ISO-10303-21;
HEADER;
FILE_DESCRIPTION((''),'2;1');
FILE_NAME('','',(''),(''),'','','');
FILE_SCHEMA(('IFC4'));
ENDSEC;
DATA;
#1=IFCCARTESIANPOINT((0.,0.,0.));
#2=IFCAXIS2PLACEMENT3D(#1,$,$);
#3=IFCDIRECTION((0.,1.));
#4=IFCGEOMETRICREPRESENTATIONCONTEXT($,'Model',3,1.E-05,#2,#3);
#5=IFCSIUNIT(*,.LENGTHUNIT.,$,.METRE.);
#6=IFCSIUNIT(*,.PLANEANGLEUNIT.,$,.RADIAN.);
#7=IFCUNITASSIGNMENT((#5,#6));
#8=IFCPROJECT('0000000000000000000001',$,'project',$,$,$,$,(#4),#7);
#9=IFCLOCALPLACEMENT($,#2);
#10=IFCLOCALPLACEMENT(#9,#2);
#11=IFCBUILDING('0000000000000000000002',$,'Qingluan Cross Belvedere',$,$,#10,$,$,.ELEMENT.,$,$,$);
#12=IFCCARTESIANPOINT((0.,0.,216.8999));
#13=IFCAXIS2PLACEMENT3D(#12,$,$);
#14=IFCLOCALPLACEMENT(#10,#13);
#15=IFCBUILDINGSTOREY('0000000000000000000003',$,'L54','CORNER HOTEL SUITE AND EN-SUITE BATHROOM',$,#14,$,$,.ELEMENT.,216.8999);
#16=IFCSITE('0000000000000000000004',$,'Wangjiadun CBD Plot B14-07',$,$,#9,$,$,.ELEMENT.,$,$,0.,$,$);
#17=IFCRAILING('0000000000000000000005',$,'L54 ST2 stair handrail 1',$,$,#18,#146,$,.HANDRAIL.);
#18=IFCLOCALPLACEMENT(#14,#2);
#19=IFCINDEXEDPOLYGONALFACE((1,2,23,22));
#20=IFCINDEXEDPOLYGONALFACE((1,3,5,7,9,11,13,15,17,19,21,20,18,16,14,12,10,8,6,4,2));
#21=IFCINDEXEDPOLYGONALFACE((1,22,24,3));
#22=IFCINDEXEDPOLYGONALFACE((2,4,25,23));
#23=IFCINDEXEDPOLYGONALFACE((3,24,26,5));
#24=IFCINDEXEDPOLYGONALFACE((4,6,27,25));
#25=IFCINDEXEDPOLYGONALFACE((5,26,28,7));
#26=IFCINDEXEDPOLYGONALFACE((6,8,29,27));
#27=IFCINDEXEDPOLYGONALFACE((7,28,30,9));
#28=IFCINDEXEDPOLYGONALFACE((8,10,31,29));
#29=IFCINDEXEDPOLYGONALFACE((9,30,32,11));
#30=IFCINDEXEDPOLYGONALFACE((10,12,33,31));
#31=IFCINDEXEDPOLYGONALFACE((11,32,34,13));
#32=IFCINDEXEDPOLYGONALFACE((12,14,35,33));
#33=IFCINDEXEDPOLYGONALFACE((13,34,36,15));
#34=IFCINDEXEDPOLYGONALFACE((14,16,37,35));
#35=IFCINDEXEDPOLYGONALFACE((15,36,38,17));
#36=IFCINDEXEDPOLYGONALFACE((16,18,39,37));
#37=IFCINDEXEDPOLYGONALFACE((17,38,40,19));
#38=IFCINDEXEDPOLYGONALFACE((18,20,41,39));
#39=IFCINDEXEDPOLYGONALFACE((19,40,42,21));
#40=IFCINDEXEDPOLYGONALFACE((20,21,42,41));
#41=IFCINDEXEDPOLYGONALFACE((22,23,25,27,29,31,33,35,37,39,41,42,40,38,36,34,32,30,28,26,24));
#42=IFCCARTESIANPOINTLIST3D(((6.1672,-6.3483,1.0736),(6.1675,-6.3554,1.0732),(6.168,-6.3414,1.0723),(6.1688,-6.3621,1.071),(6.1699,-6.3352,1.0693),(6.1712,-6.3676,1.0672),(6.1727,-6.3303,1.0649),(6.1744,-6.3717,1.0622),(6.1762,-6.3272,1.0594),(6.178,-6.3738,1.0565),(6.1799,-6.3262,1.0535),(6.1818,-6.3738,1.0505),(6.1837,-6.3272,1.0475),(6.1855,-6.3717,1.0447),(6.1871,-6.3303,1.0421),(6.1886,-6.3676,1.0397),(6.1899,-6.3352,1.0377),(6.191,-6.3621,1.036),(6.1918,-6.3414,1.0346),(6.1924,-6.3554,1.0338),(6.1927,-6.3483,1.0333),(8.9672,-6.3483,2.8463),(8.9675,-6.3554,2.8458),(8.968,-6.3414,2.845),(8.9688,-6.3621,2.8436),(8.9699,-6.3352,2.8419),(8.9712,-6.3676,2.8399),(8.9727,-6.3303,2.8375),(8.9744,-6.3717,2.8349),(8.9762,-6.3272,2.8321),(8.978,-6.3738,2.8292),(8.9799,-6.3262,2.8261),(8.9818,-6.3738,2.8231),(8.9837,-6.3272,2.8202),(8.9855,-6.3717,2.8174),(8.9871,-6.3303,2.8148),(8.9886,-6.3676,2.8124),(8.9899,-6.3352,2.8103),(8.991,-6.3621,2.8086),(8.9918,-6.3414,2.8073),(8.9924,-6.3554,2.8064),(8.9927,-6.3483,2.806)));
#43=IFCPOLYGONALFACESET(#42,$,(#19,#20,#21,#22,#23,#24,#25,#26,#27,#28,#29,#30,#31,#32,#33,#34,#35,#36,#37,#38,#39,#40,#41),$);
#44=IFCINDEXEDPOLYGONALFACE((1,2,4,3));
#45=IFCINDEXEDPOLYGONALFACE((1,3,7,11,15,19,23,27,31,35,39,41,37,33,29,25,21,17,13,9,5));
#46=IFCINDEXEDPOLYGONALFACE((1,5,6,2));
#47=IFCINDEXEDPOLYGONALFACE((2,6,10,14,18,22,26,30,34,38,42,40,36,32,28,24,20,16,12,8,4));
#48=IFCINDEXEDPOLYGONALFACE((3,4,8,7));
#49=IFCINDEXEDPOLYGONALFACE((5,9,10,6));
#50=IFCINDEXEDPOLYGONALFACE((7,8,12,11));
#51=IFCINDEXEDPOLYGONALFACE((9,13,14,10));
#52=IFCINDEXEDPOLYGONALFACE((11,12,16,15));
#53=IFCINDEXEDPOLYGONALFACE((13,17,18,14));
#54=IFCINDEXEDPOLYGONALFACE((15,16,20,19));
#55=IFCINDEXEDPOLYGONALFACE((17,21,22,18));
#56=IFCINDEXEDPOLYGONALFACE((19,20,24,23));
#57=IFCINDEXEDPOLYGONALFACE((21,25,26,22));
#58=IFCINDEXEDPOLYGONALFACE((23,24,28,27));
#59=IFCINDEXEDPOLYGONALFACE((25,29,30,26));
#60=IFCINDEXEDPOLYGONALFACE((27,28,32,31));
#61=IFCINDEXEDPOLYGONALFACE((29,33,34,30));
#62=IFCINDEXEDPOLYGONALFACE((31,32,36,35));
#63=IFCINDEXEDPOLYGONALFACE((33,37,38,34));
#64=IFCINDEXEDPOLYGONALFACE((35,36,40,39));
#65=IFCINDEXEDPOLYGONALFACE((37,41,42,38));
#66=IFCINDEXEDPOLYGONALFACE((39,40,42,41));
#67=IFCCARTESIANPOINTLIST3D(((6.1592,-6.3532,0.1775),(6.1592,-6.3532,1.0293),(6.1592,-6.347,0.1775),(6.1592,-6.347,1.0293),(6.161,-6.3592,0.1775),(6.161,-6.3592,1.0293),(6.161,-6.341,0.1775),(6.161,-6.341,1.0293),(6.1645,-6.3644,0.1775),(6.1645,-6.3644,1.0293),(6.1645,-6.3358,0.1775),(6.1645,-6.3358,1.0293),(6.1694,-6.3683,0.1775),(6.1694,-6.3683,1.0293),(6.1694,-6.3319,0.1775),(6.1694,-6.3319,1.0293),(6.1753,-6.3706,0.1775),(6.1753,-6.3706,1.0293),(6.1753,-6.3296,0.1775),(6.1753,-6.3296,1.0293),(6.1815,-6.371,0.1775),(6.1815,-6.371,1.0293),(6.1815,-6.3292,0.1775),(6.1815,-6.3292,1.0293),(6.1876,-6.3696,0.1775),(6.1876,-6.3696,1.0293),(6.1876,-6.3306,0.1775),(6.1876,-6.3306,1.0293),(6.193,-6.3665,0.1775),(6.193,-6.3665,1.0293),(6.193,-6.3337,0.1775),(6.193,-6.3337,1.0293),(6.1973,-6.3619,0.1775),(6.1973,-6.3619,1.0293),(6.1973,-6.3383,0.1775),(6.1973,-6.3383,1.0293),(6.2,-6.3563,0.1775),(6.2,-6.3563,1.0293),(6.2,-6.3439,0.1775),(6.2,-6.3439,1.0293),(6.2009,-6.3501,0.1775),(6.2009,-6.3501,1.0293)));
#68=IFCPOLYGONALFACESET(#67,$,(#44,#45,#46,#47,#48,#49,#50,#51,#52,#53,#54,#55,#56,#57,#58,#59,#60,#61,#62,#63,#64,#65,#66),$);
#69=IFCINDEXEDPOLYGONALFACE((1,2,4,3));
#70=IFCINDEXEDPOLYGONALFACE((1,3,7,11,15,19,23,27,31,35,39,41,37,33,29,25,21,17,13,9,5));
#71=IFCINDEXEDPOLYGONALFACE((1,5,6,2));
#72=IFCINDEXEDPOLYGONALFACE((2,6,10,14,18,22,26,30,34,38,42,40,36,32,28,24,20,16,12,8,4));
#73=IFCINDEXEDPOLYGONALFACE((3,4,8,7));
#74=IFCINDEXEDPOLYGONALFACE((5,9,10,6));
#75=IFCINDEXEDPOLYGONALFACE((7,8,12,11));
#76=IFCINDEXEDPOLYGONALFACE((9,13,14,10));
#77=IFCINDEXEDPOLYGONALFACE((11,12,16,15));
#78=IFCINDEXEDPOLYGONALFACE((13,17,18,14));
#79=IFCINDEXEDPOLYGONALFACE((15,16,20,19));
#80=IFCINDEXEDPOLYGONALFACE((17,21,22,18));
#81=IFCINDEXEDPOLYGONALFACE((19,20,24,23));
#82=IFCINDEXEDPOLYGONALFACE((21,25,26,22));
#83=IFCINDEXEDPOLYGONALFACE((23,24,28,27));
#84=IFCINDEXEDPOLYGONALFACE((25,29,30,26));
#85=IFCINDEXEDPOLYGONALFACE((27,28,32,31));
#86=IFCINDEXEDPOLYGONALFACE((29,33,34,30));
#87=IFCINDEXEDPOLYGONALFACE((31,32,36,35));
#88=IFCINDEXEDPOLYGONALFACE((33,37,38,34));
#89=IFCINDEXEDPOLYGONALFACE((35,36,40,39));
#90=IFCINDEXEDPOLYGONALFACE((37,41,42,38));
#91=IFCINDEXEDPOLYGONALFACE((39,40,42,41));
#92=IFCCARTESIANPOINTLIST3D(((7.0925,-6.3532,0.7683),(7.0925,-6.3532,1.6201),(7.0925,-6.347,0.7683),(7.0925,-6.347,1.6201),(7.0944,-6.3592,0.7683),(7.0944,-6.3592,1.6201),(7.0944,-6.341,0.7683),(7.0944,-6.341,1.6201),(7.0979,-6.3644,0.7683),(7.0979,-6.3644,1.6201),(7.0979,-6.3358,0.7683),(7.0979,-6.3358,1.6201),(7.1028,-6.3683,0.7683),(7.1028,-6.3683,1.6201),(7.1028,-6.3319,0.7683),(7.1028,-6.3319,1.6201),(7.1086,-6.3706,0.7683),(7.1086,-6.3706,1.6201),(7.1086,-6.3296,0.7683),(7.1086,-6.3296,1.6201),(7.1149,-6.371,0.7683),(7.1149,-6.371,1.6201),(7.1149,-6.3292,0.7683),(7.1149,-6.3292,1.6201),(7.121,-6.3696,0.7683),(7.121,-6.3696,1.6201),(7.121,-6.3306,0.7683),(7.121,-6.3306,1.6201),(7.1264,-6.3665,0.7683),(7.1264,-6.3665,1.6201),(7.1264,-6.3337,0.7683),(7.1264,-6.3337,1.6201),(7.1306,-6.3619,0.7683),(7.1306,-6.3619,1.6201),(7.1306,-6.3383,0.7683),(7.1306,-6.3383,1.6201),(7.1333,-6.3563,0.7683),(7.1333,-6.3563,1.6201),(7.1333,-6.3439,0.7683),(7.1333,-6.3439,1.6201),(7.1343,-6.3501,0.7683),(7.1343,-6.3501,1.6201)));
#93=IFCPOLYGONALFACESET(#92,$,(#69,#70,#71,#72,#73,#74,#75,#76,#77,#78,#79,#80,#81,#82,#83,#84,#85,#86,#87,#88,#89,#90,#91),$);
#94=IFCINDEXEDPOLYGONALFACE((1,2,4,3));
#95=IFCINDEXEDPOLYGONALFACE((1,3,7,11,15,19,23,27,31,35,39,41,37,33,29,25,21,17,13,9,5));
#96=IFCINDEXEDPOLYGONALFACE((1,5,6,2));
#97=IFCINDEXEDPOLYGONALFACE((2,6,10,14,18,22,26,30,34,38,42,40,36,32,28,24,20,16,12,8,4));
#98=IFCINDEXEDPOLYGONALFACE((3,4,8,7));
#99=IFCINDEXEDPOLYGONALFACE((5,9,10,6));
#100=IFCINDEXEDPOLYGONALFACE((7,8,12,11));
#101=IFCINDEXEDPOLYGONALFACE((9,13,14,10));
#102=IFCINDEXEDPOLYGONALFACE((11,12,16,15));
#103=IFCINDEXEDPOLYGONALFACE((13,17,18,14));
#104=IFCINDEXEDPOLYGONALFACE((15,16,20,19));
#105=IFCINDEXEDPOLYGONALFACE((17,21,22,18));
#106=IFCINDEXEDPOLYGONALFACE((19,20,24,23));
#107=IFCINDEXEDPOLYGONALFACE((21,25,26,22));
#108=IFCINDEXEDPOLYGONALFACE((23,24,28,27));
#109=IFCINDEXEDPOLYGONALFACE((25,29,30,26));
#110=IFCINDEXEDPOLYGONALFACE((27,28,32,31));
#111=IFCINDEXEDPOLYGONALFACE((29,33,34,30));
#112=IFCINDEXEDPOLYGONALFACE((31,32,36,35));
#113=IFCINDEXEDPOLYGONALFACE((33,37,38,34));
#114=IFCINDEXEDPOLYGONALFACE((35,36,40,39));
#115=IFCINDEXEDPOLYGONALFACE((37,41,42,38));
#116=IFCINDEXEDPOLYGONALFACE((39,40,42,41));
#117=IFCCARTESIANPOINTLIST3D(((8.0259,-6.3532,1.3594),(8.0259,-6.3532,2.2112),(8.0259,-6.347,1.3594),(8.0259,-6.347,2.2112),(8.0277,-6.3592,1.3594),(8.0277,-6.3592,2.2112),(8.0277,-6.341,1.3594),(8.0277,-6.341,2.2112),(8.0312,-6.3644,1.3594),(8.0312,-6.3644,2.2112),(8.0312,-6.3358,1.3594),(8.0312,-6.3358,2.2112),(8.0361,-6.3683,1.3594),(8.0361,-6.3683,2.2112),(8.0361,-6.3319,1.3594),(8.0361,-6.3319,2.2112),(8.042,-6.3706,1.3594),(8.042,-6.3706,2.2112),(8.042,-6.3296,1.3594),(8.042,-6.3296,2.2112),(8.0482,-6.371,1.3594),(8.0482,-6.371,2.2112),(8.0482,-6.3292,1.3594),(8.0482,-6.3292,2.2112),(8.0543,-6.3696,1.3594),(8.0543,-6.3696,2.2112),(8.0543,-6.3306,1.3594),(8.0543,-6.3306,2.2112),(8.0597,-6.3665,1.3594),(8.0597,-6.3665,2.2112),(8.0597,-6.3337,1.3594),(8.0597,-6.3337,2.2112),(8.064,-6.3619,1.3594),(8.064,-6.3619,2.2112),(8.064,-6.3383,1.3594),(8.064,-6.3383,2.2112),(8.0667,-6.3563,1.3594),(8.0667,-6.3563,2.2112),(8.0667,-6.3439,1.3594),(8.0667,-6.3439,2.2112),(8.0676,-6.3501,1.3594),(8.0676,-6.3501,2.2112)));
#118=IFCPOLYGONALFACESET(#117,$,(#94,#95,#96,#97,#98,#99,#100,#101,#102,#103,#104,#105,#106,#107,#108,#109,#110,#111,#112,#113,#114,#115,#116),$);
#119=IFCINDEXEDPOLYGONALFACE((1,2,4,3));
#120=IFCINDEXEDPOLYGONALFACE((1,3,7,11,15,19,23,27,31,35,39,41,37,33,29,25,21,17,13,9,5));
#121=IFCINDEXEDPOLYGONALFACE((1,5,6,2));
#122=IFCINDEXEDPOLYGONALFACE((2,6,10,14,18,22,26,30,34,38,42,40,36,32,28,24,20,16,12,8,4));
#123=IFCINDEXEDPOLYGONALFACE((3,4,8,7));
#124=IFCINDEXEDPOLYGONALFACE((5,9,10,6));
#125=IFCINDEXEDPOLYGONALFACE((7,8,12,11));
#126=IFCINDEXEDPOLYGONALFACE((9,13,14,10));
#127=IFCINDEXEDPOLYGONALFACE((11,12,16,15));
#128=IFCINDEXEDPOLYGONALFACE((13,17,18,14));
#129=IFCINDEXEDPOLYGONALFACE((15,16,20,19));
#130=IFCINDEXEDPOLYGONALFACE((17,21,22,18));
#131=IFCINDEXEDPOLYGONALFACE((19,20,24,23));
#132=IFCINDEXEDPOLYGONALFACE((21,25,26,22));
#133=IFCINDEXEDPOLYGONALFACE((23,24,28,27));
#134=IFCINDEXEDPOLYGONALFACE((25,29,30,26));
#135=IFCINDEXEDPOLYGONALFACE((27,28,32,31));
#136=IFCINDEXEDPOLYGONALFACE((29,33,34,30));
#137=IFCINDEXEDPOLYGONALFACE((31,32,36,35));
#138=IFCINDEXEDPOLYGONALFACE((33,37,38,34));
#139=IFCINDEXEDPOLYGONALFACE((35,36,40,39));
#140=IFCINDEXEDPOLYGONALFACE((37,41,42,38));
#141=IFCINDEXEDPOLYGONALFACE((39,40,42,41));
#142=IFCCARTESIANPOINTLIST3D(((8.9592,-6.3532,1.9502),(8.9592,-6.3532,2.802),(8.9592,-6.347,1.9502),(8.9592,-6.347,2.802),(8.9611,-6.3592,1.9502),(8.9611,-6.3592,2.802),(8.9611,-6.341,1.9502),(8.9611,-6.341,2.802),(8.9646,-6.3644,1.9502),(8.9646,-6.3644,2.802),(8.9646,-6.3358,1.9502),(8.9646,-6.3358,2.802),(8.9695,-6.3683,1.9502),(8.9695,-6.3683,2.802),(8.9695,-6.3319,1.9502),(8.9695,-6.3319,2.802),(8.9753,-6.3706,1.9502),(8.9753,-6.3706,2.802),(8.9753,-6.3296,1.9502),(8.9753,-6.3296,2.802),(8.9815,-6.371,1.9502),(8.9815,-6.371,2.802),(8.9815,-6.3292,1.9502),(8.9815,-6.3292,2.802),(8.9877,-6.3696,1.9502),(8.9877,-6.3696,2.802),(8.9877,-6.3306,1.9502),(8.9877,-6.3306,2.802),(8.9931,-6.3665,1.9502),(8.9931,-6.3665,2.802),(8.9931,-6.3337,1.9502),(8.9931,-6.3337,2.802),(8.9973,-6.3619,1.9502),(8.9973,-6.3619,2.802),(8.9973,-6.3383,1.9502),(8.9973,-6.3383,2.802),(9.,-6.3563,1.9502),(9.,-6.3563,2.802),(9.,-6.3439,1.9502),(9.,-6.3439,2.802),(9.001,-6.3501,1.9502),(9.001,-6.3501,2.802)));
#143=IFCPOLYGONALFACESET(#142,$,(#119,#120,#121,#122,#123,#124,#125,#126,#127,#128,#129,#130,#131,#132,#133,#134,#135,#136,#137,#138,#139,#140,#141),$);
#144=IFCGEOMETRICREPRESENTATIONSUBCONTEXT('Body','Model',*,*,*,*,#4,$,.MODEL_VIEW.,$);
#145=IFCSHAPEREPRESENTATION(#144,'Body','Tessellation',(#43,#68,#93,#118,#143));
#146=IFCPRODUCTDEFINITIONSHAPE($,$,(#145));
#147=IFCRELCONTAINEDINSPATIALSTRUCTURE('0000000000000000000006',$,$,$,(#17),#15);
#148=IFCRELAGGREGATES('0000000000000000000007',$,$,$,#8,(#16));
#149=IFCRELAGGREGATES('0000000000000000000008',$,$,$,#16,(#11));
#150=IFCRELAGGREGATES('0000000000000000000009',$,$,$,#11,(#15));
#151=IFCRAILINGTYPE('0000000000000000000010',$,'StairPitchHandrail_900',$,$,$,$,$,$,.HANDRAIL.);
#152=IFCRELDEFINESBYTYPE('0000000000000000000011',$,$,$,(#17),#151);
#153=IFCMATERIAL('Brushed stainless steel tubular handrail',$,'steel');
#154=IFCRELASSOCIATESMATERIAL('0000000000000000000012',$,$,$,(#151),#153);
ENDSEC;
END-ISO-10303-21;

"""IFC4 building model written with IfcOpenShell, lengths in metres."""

from ifc_helpers import new_model, si_unit, direction, frame, origin, origin_2d, place, context, subcontext, project, spatial, circle, extrude, material, type_object, element, save


model = new_model("IFC4")

# Units and contexts
model_context = context("Model", 3, precision=1e-05, world=origin(), true_north=direction((0.0, 1.0)))
body_context = subcontext(model_context, "Body", "Model", "MODEL_VIEW")
ifc_project = project(units=[si_unit("LENGTHUNIT", "METRE"), si_unit("PLANEANGLEUNIT", "RADIAN")], contexts=[model_context])

# Site, building, storey
site_placement = place(None, origin())
site = spatial("IfcSite", under=ifc_project, at=site_placement, Name="Wangjiadun CBD Plot B14-07", CompositionType="ELEMENT", RefElevation=0.0)
building_placement = place(site_placement, origin())
building = spatial("IfcBuilding", under=site, at=building_placement, Name="Qingluan Cross Belvedere", CompositionType="ELEMENT")
storey_placement = place(building_placement, frame((0.0, 0.0, 216.8999)))
storey = spatial("IfcBuildingStorey", under=building, at=storey_placement, Name="L54", Description="CORNER HOTEL SUITE AND EN-SUITE BATHROOM", CompositionType="ELEMENT", Elevation=216.8999)

# Railing
ifc_material_1 = material(Name="Brushed stainless steel tubular handrail", Category="steel")
railing_type_1 = type_object("IfcRailingType", Name="StairPitchHandrail_900", PredefinedType="HANDRAIL", material=ifc_material_1)
railing_1_placement = place(storey_placement, frame((6.1799, -6.3501, 0.1775)))
element("IfcRailing", 1, at=railing_1_placement, inside=storey, type_object=railing_type_1, Name="L54 ST2 stair handrail 1", PredefinedType="HANDRAIL", context=body_context, shape_type="SweptSolid", body=[
    extrude(circle(Radius=0.0239, at=origin_2d()), frame((0.0, 0.0, 0.876), z_axis=(0.844909, 0.0, 0.53491), x_axis=(0.0, 1.0, 0.0)), (0.0, 0.0, 1.0), 3.314),
    extrude(circle(Radius=0.021, at=origin_2d()), origin(), (0.0, 0.0, 1.0), 0.8518),
    extrude(circle(Radius=0.021, at=origin_2d()), frame((0.9333, 0.0, 0.5908)), (0.0, 0.0, 1.0), 0.8518),
    extrude(circle(Radius=0.021, at=origin_2d()), frame((1.8667, 0.0, 1.1819)), (0.0, 0.0, 1.0), 0.8518),
    extrude(circle(Radius=0.021, at=origin_2d()), frame((2.8, 0.0, 1.7727)), (0.0, 0.0, 1.0), 0.8518),
])

save(model, "model.ifc")
